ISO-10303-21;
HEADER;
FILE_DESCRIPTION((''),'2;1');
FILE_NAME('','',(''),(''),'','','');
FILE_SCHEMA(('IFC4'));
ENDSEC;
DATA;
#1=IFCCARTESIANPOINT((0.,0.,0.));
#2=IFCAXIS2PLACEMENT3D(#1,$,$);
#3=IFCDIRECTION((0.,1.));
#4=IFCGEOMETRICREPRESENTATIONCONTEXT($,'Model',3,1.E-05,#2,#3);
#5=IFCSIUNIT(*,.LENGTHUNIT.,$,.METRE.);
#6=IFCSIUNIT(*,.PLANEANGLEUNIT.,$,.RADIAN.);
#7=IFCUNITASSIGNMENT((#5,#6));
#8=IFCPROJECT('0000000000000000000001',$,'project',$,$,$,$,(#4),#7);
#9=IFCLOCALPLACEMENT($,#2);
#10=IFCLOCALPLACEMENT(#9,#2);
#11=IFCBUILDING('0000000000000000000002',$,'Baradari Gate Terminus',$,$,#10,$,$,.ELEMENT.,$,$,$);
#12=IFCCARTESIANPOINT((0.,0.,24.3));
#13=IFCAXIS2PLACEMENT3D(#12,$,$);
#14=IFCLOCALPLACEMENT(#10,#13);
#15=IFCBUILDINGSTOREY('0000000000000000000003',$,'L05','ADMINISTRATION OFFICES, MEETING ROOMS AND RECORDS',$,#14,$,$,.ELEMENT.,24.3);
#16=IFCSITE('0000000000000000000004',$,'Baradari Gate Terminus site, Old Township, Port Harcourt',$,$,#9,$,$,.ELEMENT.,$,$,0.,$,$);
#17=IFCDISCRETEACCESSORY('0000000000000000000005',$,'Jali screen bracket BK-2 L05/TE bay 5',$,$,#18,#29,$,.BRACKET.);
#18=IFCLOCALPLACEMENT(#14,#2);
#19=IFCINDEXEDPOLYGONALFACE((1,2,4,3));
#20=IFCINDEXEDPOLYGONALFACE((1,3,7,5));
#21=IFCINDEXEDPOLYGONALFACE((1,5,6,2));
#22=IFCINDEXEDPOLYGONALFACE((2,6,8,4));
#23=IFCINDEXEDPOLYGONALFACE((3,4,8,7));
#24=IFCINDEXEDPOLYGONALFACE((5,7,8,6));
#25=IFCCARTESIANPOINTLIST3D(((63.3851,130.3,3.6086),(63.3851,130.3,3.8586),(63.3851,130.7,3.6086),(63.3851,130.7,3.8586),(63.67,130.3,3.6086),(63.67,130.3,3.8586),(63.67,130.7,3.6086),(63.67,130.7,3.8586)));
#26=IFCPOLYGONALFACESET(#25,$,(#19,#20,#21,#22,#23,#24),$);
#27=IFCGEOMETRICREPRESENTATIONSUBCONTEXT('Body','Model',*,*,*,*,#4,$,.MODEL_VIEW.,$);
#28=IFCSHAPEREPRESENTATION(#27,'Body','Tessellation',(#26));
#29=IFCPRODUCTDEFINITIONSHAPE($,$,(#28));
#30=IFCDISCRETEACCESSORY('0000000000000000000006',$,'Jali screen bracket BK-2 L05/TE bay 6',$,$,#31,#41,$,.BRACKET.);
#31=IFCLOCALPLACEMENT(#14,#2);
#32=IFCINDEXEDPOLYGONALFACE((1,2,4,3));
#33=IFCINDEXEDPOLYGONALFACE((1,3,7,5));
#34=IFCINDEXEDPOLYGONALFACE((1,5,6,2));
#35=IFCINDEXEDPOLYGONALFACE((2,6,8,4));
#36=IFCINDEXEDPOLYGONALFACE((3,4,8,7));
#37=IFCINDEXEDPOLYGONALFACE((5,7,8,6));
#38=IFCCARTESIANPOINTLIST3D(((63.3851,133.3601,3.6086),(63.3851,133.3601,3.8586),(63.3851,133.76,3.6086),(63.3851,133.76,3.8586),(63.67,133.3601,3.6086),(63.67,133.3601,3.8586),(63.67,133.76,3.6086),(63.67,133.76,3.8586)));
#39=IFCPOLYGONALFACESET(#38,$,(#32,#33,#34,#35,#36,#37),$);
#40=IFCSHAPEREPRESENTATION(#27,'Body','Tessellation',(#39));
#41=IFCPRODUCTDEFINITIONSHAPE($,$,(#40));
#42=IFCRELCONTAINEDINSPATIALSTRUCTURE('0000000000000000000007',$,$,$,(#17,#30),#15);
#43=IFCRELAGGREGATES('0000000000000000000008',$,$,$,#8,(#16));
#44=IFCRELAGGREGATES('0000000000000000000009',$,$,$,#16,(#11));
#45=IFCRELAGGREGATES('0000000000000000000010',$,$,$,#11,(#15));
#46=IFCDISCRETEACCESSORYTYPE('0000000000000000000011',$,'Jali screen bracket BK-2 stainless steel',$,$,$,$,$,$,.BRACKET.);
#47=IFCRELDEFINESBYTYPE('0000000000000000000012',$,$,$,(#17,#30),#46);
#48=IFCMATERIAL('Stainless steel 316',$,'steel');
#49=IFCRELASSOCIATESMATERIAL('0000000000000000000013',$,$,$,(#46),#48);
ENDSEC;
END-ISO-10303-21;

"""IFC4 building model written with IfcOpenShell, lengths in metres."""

from ifc_helpers import new_model, si_unit, direction, frame, origin, origin_2d, place, context, subcontext, project, spatial, rectangle, extrude, material, type_object, element, save


model = new_model("IFC4")

# Units and contexts
model_context = context("Model", 3, precision=1e-05, world=origin(), true_north=direction((0.0, 1.0)))
body_context = subcontext(model_context, "Body", "Model", "MODEL_VIEW")
ifc_project = project(units=[si_unit("LENGTHUNIT", "METRE"), si_unit("PLANEANGLEUNIT", "RADIAN")], contexts=[model_context])

# Site, building, storey
site_placement = place(None, origin())
site = spatial("IfcSite", under=ifc_project, at=site_placement, Name="Baradari Gate Terminus site, Old Township, Port Harcourt", CompositionType="ELEMENT", RefElevation=0.0)
building_placement = place(site_placement, origin())
building = spatial("IfcBuilding", under=site, at=building_placement, Name="Baradari Gate Terminus", CompositionType="ELEMENT")
storey_placement = place(building_placement, frame((0.0, 0.0, 24.3)))
storey = spatial("IfcBuildingStorey", under=building, at=storey_placement, Name="L05", Description="ADMINISTRATION OFFICES, MEETING ROOMS AND RECORDS", CompositionType="ELEMENT", Elevation=24.3)

# Discrete accessories
ifc_material_1 = material(Name="Stainless steel 316", Category="steel")
discrete_accessory_type_1 = type_object("IfcDiscreteAccessoryType", Name="Jali screen bracket BK-2 stainless steel", PredefinedType="BRACKET", material=ifc_material_1)
for number, where, z_axis, x_axis, name in (
    (1, (63.5276, 130.5, 3.6086), (0.0, 0.0, 1.0), (1.0, 0.0, 0.0), "Jali screen bracket BK-2 L05/TE bay 5"),
    (2, (63.5276, 133.5601, 3.6086), (0.0, 0.0, 1.0), (1.0, 0.0, 0.0), "Jali screen bracket BK-2 L05/TE bay 6"),
):
    element("IfcDiscreteAccessory", number, at=place(storey_placement, frame(where, z_axis=z_axis, x_axis=x_axis)), inside=storey, type_object=discrete_accessory_type_1, Name=name, PredefinedType="BRACKET", context=body_context, shape_type="SweptSolid", body=[
        extrude(rectangle(XDim=0.2849, YDim=0.3999, at=origin_2d()), origin(), (0.0, 0.0, 1.0), 0.25),
    ])

save(model, "model.ifc")
